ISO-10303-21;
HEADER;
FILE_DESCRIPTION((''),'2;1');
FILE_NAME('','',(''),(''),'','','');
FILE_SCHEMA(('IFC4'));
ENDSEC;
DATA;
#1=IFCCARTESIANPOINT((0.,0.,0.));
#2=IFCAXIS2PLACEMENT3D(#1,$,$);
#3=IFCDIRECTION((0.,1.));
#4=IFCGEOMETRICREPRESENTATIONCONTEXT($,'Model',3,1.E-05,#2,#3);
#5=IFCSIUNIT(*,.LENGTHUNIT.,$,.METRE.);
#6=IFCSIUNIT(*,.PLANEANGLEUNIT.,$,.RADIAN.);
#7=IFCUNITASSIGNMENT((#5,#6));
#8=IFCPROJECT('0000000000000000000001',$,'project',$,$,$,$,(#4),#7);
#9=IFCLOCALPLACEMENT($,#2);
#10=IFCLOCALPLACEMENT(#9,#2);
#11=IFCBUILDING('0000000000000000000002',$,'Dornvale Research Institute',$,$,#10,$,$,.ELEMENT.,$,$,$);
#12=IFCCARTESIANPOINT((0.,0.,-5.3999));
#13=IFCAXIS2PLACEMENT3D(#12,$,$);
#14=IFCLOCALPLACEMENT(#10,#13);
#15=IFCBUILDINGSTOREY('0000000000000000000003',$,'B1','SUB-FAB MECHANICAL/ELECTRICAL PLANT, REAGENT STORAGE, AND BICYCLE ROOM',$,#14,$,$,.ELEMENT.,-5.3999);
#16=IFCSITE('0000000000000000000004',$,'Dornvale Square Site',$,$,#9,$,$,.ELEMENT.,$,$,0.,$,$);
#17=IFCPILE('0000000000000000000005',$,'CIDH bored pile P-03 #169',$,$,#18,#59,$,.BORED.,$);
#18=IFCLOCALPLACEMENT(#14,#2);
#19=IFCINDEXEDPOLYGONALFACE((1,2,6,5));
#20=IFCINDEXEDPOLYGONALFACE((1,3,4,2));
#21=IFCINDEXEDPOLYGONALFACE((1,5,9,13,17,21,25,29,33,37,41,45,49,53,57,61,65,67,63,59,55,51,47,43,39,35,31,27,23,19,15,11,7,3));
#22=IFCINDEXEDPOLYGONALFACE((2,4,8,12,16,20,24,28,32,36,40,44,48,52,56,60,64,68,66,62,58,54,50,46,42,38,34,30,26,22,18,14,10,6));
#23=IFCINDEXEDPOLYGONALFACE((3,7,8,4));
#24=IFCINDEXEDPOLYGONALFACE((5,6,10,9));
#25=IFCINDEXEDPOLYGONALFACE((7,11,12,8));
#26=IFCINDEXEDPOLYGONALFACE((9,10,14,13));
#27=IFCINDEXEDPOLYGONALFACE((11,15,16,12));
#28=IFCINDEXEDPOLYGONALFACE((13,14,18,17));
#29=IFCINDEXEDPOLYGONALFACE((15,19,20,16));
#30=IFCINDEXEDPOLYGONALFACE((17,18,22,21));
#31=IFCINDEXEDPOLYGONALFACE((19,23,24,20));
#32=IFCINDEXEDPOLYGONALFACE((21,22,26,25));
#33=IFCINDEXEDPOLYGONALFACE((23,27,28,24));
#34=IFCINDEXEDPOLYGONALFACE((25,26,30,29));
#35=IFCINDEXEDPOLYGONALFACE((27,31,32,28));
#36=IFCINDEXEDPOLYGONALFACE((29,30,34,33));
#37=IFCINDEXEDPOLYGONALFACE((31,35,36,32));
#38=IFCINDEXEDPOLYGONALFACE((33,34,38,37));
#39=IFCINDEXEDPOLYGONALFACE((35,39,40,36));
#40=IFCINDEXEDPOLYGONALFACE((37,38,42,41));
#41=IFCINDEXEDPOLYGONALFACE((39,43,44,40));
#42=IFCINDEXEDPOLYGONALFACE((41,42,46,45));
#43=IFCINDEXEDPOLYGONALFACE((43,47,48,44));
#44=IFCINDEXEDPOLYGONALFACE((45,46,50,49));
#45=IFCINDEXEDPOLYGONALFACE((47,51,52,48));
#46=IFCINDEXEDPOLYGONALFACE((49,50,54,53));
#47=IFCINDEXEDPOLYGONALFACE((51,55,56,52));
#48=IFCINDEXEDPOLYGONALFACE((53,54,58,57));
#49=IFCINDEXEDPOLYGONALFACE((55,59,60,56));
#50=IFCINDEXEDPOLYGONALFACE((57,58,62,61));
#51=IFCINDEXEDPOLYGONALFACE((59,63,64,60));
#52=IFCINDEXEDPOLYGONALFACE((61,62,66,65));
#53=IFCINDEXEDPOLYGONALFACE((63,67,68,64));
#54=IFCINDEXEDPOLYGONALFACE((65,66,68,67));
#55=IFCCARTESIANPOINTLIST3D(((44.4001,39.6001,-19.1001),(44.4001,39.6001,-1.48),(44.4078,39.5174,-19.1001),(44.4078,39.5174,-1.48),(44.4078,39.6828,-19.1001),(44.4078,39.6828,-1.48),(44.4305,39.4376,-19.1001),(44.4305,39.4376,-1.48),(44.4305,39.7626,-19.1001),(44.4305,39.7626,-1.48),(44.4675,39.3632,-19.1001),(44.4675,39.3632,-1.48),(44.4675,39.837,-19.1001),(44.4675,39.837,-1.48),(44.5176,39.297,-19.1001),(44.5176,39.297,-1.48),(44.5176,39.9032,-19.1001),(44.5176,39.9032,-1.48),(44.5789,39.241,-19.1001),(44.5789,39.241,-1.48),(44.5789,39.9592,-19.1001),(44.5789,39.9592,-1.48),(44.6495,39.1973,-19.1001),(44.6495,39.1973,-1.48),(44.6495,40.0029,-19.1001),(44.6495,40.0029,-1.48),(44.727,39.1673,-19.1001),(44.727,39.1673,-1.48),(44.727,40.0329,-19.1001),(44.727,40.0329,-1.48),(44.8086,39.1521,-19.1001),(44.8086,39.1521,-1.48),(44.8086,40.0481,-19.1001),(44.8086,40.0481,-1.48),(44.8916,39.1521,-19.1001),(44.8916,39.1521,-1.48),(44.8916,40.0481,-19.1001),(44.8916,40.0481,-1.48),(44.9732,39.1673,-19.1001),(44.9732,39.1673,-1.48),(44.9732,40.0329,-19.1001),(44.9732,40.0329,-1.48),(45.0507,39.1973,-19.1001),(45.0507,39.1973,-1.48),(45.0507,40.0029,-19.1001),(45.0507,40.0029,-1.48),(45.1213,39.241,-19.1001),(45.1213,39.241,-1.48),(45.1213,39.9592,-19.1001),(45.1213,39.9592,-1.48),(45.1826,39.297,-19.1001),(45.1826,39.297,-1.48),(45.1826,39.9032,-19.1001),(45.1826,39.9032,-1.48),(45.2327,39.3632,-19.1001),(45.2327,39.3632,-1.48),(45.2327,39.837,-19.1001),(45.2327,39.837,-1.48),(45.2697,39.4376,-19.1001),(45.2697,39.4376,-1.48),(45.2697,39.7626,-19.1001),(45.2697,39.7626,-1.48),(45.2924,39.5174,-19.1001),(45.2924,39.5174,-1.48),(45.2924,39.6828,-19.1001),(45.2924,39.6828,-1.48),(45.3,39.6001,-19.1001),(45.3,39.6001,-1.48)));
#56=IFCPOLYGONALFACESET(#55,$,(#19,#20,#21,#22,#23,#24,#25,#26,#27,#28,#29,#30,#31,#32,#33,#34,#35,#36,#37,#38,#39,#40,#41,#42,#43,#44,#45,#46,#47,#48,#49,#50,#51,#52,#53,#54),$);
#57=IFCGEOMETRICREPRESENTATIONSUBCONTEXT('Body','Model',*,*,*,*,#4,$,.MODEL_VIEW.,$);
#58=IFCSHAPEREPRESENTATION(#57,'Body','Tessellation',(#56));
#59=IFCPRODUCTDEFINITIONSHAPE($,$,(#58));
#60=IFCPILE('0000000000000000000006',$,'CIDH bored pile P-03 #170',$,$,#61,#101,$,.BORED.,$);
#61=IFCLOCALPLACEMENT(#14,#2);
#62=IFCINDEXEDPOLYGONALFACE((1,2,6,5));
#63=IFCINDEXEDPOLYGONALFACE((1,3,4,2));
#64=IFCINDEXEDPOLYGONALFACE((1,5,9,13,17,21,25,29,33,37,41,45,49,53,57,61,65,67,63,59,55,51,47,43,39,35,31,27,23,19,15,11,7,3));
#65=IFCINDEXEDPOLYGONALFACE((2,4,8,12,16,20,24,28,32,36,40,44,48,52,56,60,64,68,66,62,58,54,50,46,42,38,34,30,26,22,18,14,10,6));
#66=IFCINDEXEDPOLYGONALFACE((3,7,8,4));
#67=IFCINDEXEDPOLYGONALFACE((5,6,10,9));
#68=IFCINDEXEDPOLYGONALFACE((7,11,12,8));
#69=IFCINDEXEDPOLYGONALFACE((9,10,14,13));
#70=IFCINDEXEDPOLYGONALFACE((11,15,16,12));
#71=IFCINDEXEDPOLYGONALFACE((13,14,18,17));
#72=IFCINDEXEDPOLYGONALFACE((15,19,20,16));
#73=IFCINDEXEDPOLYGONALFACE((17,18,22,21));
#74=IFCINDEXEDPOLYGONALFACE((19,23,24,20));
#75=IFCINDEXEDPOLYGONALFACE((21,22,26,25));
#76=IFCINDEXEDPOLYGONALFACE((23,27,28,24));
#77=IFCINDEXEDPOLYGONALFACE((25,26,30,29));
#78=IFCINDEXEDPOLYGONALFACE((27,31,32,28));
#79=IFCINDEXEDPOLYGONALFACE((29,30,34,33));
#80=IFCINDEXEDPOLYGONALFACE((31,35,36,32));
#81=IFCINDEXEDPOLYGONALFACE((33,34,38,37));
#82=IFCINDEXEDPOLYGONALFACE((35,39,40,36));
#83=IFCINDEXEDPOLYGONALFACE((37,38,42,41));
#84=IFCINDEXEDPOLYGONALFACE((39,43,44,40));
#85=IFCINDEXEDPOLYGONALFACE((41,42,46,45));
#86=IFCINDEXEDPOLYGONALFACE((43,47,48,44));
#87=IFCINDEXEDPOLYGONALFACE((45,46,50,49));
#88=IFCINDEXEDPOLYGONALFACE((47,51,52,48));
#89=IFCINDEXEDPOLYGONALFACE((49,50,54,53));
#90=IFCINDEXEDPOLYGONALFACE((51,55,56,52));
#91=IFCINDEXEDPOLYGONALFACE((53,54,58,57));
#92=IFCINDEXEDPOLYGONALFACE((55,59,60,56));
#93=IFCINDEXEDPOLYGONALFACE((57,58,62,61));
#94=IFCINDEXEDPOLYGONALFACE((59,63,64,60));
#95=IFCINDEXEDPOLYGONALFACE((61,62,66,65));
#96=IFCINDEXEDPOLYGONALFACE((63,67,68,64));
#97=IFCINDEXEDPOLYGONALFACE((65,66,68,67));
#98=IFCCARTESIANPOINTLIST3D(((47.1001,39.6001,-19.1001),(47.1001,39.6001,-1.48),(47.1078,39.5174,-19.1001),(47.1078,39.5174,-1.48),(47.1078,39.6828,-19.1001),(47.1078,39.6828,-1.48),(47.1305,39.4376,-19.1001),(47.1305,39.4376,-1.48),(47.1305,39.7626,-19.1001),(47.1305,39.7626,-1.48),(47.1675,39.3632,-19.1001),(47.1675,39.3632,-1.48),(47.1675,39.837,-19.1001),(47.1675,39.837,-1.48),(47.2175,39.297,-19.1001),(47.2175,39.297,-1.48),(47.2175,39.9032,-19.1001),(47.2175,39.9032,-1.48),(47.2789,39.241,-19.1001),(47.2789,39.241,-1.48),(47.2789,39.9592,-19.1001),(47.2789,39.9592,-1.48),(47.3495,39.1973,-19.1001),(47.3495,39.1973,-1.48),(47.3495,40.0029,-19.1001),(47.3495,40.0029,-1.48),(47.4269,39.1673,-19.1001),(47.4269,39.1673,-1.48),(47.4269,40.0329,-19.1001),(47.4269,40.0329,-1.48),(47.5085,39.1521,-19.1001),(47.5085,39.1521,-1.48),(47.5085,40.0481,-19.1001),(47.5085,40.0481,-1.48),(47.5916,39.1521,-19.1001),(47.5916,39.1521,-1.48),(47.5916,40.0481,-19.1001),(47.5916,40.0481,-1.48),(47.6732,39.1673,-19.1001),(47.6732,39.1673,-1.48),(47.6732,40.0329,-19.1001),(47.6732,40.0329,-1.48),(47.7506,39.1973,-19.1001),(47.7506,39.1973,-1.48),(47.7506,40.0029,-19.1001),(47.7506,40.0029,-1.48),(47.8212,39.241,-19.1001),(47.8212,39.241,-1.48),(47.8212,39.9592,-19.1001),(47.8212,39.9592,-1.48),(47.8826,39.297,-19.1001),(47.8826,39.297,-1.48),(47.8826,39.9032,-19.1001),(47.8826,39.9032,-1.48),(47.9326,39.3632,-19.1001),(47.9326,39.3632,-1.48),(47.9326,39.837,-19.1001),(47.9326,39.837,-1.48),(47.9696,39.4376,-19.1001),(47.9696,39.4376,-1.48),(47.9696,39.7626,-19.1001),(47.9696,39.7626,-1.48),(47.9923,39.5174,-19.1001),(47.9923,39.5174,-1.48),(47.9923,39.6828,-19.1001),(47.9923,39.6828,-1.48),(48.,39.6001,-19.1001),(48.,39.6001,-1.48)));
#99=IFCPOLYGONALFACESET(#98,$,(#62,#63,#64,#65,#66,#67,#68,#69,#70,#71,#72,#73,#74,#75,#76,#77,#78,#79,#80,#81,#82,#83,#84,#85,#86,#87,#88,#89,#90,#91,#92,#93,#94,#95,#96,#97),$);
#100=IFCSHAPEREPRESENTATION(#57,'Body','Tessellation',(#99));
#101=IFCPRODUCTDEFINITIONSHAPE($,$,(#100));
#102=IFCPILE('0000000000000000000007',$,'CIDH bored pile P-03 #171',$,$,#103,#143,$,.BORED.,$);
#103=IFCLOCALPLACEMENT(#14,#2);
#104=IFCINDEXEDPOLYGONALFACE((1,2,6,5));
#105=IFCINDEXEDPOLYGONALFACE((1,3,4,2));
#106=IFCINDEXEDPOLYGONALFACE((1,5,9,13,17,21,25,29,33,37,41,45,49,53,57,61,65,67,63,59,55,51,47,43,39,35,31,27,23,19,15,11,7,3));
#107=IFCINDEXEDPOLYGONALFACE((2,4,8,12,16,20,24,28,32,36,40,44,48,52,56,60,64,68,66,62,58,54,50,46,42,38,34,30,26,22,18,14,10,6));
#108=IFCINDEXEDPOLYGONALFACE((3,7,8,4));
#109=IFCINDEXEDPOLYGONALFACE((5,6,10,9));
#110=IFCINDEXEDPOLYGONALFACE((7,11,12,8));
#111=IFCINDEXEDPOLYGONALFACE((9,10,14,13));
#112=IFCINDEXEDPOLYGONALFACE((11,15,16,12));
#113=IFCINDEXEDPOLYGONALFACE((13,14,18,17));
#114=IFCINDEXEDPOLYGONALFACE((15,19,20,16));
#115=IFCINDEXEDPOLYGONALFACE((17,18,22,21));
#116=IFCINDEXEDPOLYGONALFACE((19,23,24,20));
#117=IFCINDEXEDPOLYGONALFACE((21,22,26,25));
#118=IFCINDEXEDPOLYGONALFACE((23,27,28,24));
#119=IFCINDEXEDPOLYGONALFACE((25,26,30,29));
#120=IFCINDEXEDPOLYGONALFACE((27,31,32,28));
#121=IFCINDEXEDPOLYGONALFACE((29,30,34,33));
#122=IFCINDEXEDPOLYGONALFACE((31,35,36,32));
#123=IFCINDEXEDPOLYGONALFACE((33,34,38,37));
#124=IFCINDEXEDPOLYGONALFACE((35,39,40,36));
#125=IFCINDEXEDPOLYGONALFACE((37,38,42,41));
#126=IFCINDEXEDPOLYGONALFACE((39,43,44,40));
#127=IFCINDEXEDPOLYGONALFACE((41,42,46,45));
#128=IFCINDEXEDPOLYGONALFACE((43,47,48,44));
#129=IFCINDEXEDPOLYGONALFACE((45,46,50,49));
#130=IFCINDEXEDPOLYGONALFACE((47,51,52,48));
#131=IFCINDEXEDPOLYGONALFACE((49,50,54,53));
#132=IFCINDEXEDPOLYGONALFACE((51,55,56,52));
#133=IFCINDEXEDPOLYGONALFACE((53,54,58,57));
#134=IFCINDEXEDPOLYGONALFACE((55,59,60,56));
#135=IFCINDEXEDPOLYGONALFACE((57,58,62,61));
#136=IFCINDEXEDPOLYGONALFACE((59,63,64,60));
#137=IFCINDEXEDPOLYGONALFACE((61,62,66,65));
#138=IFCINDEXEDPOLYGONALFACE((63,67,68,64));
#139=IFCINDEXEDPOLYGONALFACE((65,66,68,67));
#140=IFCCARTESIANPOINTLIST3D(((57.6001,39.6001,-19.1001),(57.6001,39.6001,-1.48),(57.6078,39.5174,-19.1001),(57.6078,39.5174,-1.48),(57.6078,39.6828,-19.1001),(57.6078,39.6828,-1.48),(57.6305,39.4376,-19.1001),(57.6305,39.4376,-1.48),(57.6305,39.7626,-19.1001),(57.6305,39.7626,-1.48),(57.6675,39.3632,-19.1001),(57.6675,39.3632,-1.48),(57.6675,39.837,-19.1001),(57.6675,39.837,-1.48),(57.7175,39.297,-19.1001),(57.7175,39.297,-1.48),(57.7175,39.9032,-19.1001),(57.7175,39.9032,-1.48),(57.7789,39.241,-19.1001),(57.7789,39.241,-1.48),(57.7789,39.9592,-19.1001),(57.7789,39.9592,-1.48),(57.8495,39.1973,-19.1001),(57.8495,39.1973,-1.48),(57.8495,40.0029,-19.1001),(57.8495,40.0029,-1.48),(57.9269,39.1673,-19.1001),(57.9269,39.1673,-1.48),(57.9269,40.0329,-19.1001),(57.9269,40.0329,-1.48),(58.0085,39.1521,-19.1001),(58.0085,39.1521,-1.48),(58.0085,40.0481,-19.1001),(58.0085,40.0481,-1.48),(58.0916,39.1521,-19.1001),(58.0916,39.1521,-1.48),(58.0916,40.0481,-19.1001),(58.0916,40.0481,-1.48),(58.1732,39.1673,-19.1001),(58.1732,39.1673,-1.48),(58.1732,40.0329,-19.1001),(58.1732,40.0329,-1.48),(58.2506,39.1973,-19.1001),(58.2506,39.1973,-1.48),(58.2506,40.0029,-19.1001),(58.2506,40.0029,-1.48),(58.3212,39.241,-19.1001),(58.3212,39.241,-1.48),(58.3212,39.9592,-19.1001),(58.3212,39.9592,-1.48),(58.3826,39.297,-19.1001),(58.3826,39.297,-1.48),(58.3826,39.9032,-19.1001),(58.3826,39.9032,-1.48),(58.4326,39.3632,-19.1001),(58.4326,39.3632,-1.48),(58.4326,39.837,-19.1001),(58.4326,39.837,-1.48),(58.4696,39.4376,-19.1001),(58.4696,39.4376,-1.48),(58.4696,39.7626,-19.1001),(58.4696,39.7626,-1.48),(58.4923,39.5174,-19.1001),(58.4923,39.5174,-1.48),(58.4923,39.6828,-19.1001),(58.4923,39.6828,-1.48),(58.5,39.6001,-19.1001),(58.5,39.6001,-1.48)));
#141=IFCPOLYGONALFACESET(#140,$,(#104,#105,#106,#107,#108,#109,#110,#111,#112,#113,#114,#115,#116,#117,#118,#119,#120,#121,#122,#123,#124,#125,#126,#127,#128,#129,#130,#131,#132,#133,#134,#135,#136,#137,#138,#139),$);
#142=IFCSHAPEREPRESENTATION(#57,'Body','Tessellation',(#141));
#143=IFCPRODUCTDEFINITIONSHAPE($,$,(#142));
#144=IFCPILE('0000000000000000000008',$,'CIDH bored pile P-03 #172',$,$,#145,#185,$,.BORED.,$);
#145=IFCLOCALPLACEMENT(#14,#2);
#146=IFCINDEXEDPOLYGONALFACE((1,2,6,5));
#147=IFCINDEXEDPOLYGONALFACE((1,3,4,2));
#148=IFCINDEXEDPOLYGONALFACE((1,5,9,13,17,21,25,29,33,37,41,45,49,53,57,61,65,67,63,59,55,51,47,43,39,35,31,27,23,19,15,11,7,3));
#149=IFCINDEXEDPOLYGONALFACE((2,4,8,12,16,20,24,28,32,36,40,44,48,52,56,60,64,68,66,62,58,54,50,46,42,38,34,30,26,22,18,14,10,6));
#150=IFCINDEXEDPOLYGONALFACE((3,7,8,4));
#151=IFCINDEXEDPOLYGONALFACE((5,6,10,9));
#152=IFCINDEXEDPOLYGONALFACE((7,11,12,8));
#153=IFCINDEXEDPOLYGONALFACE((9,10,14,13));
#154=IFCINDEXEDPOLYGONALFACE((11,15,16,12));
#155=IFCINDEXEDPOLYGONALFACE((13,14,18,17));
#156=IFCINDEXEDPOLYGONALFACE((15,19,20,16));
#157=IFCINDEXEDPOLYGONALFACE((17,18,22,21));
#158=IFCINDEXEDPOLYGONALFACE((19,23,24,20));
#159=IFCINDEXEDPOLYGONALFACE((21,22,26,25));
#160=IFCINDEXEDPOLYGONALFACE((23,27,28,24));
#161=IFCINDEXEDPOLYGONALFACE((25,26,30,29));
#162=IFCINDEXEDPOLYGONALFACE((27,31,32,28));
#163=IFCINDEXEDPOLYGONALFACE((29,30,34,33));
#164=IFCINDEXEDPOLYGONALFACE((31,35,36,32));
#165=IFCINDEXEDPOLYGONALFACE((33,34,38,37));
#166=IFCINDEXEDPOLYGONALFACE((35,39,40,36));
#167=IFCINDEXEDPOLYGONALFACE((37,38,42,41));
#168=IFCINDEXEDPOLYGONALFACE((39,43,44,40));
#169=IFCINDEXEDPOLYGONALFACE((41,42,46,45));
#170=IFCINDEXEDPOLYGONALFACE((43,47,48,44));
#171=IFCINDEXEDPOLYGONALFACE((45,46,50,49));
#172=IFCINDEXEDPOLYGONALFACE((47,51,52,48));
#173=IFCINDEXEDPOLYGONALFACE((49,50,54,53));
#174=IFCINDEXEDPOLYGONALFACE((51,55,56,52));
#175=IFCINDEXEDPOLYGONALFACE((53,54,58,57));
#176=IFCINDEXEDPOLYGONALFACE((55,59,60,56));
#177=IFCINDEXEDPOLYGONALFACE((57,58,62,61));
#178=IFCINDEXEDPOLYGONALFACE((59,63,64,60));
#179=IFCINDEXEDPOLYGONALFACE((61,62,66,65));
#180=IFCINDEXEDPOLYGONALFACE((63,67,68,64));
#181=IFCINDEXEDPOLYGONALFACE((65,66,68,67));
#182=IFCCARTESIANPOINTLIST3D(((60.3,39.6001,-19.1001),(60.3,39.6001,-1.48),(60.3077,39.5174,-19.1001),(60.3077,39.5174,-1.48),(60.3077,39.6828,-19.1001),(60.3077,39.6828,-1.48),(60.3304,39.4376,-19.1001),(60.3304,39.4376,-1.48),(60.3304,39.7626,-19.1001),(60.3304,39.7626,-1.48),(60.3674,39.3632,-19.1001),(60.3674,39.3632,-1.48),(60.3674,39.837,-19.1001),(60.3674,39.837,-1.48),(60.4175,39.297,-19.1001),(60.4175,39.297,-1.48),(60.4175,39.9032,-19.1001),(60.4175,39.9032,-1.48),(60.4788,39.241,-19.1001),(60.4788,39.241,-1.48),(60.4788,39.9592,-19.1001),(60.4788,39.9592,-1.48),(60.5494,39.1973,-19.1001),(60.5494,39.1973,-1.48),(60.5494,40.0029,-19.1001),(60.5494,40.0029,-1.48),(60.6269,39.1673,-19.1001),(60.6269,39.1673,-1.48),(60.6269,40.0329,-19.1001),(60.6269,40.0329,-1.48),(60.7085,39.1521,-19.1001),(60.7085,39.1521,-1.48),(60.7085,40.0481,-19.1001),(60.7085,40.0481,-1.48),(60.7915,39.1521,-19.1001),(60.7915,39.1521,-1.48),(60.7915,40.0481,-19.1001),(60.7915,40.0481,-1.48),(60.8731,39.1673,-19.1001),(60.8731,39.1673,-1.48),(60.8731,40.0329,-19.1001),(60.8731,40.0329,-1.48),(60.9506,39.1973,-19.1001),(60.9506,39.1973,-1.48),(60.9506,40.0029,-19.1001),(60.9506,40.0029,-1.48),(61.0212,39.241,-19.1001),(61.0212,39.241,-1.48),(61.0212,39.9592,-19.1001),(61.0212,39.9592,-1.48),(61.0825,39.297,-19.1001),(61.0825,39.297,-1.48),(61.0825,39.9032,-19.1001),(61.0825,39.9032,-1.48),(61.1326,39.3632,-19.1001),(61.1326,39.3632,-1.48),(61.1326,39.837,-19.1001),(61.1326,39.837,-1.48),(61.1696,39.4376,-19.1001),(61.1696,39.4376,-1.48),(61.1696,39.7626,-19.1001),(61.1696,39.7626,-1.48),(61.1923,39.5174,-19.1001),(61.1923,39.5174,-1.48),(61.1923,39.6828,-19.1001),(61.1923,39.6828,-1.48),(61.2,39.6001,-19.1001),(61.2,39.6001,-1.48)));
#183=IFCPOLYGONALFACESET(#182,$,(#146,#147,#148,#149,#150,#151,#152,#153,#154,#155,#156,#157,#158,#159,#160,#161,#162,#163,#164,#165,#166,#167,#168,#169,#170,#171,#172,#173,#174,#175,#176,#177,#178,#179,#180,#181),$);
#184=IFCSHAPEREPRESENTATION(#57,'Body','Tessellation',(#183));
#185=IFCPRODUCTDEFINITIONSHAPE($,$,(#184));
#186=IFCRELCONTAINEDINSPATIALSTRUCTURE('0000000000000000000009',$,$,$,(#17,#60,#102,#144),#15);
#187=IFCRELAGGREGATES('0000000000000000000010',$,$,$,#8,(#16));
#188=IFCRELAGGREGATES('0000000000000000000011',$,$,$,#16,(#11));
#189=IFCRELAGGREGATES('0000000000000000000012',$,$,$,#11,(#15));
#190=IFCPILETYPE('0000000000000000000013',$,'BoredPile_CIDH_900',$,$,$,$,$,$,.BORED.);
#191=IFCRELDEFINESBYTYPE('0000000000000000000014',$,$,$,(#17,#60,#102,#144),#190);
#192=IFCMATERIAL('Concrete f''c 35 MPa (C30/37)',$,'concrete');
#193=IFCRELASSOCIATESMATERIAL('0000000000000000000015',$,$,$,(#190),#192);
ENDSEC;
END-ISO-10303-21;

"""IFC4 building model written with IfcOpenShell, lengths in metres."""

from ifc_helpers import new_model, si_unit, direction, frame, origin, origin_2d, place, context, subcontext, project, spatial, circle, extrude, material, material_profile, profile_set, type_object, element, save


model = new_model("IFC4")

# Units and contexts
model_context = context("Model", 3, precision=1e-05, world=origin(), true_north=direction((0.0, 1.0)))
body_context = subcontext(model_context, "Body", "Model", "MODEL_VIEW")
ifc_project = project(units=[si_unit("LENGTHUNIT", "METRE"), si_unit("PLANEANGLEUNIT", "RADIAN")], contexts=[model_context])

# Site, building, storey
site_placement = place(None, origin())
site = spatial("IfcSite", under=ifc_project, at=site_placement, Name="Dornvale Square Site", CompositionType="ELEMENT", RefElevation=0.0)
building_placement = place(site_placement, origin())
building = spatial("IfcBuilding", under=site, at=building_placement, Name="Dornvale Research Institute", CompositionType="ELEMENT")
storey_placement = place(building_placement, frame((0.0, 0.0, -5.3999)))
storey = spatial("IfcBuildingStorey", under=building, at=storey_placement, Name="B1", Description="SUB-FAB MECHANICAL/ELECTRICAL PLANT, REAGENT STORAGE, AND BICYCLE ROOM", CompositionType="ELEMENT", Elevation=-5.3999)

# Piles
ifc_material_1 = material(Name="Concrete f'c 35 MPa (C30/37)", Category="concrete")
ifc_material_profile_1 = material_profile(ifc_material_1, circle(Radius=0.45, at=origin_2d()), Name="CIDH PILE D900")
ifc_profile_set_1 = profile_set([ifc_material_profile_1], Name="Concrete f'c 35 MPa (C30/37)")
pile_type = type_object("IfcPileType", Name="BoredPile_CIDH_900", PredefinedType="BORED", material=ifc_profile_set_1)
for number, where, z_axis, x_axis, name in (
    (1, (44.8501, 39.6001, -1.48), (0.0, 0.0, -1.0), (1.0, 0.0, 0.0), "CIDH bored pile P-03 #169"),
    (2, (47.55, 39.6001, -1.48), (0.0, 0.0, -1.0), (1.0, 0.0, 0.0), "CIDH bored pile P-03 #170"),
    (3, (58.05, 39.6001, -1.48), (0.0, 0.0, -1.0), (1.0, 0.0, 0.0), "CIDH bored pile P-03 #171"),
    (4, (60.75, 39.6001, -1.48), (0.0, 0.0, -1.0), (1.0, 0.0, 0.0), "CIDH bored pile P-03 #172"),
):
    element("IfcPile", number, at=place(storey_placement, frame(where, z_axis=z_axis, x_axis=x_axis)), inside=storey, type_object=pile_type, Name=name, PredefinedType="BORED", context=body_context, shape_type="SweptSolid", body=[
        extrude(circle(Radius=0.45, at=origin_2d()), origin(), (0.0, 0.0, 1.0), 17.6201),
    ])

save(model, "model.ifc")
